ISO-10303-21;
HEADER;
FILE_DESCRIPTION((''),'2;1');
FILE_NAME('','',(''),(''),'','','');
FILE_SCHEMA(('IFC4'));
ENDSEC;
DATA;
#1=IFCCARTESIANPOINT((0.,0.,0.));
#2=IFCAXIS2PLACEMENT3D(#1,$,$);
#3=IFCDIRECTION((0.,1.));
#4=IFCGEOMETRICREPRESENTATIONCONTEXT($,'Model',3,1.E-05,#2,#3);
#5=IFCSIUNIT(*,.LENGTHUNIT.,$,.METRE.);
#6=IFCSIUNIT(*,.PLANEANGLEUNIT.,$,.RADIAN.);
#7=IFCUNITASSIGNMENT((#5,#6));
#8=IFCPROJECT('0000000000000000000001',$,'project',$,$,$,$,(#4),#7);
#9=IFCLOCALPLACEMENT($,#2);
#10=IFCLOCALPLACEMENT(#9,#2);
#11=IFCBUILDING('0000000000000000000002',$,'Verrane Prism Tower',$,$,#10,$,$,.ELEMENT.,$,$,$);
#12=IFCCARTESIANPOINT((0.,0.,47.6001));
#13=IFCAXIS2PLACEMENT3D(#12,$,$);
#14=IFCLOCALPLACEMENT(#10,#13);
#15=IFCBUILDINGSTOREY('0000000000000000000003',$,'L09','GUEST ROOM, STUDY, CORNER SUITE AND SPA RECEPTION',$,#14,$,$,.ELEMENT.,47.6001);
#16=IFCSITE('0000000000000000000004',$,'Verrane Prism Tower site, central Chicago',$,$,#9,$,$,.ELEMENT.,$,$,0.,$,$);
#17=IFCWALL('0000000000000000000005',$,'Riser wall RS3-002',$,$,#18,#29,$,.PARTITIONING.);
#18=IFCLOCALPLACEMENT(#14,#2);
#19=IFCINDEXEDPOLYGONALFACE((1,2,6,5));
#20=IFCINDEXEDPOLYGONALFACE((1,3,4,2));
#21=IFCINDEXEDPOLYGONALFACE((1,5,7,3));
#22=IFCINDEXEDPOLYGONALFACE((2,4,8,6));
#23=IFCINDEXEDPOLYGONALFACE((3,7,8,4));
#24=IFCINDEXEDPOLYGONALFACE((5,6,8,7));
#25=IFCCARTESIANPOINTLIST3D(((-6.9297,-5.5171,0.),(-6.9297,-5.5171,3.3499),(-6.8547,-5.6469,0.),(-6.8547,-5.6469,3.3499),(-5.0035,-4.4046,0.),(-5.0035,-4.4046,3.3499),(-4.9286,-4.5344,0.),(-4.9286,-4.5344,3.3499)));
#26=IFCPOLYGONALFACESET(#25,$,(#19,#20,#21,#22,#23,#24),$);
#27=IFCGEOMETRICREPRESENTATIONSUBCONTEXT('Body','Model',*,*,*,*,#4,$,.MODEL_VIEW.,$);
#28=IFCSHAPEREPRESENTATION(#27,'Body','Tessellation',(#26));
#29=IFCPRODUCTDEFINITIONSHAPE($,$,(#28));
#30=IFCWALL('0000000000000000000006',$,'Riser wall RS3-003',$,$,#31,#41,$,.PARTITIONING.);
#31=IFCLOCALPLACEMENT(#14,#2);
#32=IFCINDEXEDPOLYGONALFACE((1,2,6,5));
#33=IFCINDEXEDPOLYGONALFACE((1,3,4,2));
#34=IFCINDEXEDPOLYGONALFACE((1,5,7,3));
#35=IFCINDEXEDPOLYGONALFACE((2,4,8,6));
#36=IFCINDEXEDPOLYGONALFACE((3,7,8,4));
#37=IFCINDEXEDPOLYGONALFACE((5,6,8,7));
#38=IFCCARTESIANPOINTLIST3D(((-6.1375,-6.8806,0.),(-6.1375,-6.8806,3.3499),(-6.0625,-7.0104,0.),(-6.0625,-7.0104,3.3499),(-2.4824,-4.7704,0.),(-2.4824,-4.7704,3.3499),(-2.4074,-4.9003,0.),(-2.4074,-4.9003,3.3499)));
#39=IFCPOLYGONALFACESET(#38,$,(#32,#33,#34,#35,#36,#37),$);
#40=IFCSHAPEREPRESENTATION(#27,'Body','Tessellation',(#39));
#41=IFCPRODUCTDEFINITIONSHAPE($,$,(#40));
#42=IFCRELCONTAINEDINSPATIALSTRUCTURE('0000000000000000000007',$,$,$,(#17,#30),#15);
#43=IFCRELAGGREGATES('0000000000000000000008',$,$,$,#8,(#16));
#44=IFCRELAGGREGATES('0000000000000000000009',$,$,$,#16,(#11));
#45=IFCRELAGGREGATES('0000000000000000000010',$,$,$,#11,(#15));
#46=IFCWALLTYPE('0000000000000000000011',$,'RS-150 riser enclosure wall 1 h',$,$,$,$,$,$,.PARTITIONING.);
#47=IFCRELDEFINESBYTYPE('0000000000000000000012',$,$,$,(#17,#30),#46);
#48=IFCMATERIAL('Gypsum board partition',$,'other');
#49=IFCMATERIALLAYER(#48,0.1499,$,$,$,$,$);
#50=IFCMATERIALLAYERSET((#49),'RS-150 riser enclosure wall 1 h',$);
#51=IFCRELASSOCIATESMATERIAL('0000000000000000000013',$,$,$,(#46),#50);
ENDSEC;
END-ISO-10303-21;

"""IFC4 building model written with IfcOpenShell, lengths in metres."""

from ifc_helpers import new_model, si_unit, direction, frame, frame_2d, origin, place, context, subcontext, project, spatial, rectangle, extrude, material, layer, layer_set, type_object, element, save


model = new_model("IFC4")

# Units and contexts
model_context = context("Model", 3, precision=1e-05, world=origin(), true_north=direction((0.0, 1.0)))
body_context = subcontext(model_context, "Body", "Model", "MODEL_VIEW")
ifc_project = project(units=[si_unit("LENGTHUNIT", "METRE"), si_unit("PLANEANGLEUNIT", "RADIAN")], contexts=[model_context])

# Site, building, storey
site_placement = place(None, origin())
site = spatial("IfcSite", under=ifc_project, at=site_placement, Name="Verrane Prism Tower site, central Chicago", CompositionType="ELEMENT", RefElevation=0.0)
building_placement = place(site_placement, origin())
building = spatial("IfcBuilding", under=site, at=building_placement, Name="Verrane Prism Tower", CompositionType="ELEMENT")
storey_placement = place(building_placement, frame((0.0, 0.0, 47.6001)))
storey = spatial("IfcBuildingStorey", under=building, at=storey_placement, Name="L09", Description="GUEST ROOM, STUDY, CORNER SUITE AND SPA RECEPTION", CompositionType="ELEMENT", Elevation=47.6001)

# Walls
ifc_material_1 = material(Name="Gypsum board partition", Category="other")
ifc_layer_1 = layer(ifc_material_1, 0.1499)
ifc_layer_set_1 = layer_set([ifc_layer_1], Name="RS-150 riser enclosure wall 1 h")
wall_type_1 = type_object("IfcWallType", Name="RS-150 riser enclosure wall 1 h", PredefinedType="PARTITIONING", material=ifc_layer_set_1)
wall_1_placement = place(storey_placement, frame((-6.8923, -5.582, 0.0), z_axis=(0.0, 0.0, 1.0), x_axis=(0.865944, 0.50014, 0.0)))
element("IfcWall", 1, at=wall_1_placement, inside=storey, type_object=wall_type_1, Name="Riser wall RS3-002", PredefinedType="PARTITIONING", context=body_context, shape_type="SweptSolid", body=[
    extrude(rectangle(XDim=2.2244, YDim=0.1499, at=frame_2d((1.1123, 0.0))), origin(), (0.0, 0.0, 1.0), 3.3499),
])
wall_2_placement = place(storey_placement, frame((-6.1001, -6.9456, 0.0), z_axis=(0.0, 0.0, 1.0), x_axis=(0.866038, 0.499978, 0.0)))
element("IfcWall", 2, at=wall_2_placement, inside=storey, type_object=wall_type_1, Name="Riser wall RS3-003", PredefinedType="PARTITIONING", context=body_context, shape_type="SweptSolid", body=[
    extrude(rectangle(XDim=4.2205, YDim=0.1499, at=frame_2d((2.1104, 0.0))), origin(), (0.0, 0.0, 1.0), 3.3499),
])

save(model, "model.ifc")
